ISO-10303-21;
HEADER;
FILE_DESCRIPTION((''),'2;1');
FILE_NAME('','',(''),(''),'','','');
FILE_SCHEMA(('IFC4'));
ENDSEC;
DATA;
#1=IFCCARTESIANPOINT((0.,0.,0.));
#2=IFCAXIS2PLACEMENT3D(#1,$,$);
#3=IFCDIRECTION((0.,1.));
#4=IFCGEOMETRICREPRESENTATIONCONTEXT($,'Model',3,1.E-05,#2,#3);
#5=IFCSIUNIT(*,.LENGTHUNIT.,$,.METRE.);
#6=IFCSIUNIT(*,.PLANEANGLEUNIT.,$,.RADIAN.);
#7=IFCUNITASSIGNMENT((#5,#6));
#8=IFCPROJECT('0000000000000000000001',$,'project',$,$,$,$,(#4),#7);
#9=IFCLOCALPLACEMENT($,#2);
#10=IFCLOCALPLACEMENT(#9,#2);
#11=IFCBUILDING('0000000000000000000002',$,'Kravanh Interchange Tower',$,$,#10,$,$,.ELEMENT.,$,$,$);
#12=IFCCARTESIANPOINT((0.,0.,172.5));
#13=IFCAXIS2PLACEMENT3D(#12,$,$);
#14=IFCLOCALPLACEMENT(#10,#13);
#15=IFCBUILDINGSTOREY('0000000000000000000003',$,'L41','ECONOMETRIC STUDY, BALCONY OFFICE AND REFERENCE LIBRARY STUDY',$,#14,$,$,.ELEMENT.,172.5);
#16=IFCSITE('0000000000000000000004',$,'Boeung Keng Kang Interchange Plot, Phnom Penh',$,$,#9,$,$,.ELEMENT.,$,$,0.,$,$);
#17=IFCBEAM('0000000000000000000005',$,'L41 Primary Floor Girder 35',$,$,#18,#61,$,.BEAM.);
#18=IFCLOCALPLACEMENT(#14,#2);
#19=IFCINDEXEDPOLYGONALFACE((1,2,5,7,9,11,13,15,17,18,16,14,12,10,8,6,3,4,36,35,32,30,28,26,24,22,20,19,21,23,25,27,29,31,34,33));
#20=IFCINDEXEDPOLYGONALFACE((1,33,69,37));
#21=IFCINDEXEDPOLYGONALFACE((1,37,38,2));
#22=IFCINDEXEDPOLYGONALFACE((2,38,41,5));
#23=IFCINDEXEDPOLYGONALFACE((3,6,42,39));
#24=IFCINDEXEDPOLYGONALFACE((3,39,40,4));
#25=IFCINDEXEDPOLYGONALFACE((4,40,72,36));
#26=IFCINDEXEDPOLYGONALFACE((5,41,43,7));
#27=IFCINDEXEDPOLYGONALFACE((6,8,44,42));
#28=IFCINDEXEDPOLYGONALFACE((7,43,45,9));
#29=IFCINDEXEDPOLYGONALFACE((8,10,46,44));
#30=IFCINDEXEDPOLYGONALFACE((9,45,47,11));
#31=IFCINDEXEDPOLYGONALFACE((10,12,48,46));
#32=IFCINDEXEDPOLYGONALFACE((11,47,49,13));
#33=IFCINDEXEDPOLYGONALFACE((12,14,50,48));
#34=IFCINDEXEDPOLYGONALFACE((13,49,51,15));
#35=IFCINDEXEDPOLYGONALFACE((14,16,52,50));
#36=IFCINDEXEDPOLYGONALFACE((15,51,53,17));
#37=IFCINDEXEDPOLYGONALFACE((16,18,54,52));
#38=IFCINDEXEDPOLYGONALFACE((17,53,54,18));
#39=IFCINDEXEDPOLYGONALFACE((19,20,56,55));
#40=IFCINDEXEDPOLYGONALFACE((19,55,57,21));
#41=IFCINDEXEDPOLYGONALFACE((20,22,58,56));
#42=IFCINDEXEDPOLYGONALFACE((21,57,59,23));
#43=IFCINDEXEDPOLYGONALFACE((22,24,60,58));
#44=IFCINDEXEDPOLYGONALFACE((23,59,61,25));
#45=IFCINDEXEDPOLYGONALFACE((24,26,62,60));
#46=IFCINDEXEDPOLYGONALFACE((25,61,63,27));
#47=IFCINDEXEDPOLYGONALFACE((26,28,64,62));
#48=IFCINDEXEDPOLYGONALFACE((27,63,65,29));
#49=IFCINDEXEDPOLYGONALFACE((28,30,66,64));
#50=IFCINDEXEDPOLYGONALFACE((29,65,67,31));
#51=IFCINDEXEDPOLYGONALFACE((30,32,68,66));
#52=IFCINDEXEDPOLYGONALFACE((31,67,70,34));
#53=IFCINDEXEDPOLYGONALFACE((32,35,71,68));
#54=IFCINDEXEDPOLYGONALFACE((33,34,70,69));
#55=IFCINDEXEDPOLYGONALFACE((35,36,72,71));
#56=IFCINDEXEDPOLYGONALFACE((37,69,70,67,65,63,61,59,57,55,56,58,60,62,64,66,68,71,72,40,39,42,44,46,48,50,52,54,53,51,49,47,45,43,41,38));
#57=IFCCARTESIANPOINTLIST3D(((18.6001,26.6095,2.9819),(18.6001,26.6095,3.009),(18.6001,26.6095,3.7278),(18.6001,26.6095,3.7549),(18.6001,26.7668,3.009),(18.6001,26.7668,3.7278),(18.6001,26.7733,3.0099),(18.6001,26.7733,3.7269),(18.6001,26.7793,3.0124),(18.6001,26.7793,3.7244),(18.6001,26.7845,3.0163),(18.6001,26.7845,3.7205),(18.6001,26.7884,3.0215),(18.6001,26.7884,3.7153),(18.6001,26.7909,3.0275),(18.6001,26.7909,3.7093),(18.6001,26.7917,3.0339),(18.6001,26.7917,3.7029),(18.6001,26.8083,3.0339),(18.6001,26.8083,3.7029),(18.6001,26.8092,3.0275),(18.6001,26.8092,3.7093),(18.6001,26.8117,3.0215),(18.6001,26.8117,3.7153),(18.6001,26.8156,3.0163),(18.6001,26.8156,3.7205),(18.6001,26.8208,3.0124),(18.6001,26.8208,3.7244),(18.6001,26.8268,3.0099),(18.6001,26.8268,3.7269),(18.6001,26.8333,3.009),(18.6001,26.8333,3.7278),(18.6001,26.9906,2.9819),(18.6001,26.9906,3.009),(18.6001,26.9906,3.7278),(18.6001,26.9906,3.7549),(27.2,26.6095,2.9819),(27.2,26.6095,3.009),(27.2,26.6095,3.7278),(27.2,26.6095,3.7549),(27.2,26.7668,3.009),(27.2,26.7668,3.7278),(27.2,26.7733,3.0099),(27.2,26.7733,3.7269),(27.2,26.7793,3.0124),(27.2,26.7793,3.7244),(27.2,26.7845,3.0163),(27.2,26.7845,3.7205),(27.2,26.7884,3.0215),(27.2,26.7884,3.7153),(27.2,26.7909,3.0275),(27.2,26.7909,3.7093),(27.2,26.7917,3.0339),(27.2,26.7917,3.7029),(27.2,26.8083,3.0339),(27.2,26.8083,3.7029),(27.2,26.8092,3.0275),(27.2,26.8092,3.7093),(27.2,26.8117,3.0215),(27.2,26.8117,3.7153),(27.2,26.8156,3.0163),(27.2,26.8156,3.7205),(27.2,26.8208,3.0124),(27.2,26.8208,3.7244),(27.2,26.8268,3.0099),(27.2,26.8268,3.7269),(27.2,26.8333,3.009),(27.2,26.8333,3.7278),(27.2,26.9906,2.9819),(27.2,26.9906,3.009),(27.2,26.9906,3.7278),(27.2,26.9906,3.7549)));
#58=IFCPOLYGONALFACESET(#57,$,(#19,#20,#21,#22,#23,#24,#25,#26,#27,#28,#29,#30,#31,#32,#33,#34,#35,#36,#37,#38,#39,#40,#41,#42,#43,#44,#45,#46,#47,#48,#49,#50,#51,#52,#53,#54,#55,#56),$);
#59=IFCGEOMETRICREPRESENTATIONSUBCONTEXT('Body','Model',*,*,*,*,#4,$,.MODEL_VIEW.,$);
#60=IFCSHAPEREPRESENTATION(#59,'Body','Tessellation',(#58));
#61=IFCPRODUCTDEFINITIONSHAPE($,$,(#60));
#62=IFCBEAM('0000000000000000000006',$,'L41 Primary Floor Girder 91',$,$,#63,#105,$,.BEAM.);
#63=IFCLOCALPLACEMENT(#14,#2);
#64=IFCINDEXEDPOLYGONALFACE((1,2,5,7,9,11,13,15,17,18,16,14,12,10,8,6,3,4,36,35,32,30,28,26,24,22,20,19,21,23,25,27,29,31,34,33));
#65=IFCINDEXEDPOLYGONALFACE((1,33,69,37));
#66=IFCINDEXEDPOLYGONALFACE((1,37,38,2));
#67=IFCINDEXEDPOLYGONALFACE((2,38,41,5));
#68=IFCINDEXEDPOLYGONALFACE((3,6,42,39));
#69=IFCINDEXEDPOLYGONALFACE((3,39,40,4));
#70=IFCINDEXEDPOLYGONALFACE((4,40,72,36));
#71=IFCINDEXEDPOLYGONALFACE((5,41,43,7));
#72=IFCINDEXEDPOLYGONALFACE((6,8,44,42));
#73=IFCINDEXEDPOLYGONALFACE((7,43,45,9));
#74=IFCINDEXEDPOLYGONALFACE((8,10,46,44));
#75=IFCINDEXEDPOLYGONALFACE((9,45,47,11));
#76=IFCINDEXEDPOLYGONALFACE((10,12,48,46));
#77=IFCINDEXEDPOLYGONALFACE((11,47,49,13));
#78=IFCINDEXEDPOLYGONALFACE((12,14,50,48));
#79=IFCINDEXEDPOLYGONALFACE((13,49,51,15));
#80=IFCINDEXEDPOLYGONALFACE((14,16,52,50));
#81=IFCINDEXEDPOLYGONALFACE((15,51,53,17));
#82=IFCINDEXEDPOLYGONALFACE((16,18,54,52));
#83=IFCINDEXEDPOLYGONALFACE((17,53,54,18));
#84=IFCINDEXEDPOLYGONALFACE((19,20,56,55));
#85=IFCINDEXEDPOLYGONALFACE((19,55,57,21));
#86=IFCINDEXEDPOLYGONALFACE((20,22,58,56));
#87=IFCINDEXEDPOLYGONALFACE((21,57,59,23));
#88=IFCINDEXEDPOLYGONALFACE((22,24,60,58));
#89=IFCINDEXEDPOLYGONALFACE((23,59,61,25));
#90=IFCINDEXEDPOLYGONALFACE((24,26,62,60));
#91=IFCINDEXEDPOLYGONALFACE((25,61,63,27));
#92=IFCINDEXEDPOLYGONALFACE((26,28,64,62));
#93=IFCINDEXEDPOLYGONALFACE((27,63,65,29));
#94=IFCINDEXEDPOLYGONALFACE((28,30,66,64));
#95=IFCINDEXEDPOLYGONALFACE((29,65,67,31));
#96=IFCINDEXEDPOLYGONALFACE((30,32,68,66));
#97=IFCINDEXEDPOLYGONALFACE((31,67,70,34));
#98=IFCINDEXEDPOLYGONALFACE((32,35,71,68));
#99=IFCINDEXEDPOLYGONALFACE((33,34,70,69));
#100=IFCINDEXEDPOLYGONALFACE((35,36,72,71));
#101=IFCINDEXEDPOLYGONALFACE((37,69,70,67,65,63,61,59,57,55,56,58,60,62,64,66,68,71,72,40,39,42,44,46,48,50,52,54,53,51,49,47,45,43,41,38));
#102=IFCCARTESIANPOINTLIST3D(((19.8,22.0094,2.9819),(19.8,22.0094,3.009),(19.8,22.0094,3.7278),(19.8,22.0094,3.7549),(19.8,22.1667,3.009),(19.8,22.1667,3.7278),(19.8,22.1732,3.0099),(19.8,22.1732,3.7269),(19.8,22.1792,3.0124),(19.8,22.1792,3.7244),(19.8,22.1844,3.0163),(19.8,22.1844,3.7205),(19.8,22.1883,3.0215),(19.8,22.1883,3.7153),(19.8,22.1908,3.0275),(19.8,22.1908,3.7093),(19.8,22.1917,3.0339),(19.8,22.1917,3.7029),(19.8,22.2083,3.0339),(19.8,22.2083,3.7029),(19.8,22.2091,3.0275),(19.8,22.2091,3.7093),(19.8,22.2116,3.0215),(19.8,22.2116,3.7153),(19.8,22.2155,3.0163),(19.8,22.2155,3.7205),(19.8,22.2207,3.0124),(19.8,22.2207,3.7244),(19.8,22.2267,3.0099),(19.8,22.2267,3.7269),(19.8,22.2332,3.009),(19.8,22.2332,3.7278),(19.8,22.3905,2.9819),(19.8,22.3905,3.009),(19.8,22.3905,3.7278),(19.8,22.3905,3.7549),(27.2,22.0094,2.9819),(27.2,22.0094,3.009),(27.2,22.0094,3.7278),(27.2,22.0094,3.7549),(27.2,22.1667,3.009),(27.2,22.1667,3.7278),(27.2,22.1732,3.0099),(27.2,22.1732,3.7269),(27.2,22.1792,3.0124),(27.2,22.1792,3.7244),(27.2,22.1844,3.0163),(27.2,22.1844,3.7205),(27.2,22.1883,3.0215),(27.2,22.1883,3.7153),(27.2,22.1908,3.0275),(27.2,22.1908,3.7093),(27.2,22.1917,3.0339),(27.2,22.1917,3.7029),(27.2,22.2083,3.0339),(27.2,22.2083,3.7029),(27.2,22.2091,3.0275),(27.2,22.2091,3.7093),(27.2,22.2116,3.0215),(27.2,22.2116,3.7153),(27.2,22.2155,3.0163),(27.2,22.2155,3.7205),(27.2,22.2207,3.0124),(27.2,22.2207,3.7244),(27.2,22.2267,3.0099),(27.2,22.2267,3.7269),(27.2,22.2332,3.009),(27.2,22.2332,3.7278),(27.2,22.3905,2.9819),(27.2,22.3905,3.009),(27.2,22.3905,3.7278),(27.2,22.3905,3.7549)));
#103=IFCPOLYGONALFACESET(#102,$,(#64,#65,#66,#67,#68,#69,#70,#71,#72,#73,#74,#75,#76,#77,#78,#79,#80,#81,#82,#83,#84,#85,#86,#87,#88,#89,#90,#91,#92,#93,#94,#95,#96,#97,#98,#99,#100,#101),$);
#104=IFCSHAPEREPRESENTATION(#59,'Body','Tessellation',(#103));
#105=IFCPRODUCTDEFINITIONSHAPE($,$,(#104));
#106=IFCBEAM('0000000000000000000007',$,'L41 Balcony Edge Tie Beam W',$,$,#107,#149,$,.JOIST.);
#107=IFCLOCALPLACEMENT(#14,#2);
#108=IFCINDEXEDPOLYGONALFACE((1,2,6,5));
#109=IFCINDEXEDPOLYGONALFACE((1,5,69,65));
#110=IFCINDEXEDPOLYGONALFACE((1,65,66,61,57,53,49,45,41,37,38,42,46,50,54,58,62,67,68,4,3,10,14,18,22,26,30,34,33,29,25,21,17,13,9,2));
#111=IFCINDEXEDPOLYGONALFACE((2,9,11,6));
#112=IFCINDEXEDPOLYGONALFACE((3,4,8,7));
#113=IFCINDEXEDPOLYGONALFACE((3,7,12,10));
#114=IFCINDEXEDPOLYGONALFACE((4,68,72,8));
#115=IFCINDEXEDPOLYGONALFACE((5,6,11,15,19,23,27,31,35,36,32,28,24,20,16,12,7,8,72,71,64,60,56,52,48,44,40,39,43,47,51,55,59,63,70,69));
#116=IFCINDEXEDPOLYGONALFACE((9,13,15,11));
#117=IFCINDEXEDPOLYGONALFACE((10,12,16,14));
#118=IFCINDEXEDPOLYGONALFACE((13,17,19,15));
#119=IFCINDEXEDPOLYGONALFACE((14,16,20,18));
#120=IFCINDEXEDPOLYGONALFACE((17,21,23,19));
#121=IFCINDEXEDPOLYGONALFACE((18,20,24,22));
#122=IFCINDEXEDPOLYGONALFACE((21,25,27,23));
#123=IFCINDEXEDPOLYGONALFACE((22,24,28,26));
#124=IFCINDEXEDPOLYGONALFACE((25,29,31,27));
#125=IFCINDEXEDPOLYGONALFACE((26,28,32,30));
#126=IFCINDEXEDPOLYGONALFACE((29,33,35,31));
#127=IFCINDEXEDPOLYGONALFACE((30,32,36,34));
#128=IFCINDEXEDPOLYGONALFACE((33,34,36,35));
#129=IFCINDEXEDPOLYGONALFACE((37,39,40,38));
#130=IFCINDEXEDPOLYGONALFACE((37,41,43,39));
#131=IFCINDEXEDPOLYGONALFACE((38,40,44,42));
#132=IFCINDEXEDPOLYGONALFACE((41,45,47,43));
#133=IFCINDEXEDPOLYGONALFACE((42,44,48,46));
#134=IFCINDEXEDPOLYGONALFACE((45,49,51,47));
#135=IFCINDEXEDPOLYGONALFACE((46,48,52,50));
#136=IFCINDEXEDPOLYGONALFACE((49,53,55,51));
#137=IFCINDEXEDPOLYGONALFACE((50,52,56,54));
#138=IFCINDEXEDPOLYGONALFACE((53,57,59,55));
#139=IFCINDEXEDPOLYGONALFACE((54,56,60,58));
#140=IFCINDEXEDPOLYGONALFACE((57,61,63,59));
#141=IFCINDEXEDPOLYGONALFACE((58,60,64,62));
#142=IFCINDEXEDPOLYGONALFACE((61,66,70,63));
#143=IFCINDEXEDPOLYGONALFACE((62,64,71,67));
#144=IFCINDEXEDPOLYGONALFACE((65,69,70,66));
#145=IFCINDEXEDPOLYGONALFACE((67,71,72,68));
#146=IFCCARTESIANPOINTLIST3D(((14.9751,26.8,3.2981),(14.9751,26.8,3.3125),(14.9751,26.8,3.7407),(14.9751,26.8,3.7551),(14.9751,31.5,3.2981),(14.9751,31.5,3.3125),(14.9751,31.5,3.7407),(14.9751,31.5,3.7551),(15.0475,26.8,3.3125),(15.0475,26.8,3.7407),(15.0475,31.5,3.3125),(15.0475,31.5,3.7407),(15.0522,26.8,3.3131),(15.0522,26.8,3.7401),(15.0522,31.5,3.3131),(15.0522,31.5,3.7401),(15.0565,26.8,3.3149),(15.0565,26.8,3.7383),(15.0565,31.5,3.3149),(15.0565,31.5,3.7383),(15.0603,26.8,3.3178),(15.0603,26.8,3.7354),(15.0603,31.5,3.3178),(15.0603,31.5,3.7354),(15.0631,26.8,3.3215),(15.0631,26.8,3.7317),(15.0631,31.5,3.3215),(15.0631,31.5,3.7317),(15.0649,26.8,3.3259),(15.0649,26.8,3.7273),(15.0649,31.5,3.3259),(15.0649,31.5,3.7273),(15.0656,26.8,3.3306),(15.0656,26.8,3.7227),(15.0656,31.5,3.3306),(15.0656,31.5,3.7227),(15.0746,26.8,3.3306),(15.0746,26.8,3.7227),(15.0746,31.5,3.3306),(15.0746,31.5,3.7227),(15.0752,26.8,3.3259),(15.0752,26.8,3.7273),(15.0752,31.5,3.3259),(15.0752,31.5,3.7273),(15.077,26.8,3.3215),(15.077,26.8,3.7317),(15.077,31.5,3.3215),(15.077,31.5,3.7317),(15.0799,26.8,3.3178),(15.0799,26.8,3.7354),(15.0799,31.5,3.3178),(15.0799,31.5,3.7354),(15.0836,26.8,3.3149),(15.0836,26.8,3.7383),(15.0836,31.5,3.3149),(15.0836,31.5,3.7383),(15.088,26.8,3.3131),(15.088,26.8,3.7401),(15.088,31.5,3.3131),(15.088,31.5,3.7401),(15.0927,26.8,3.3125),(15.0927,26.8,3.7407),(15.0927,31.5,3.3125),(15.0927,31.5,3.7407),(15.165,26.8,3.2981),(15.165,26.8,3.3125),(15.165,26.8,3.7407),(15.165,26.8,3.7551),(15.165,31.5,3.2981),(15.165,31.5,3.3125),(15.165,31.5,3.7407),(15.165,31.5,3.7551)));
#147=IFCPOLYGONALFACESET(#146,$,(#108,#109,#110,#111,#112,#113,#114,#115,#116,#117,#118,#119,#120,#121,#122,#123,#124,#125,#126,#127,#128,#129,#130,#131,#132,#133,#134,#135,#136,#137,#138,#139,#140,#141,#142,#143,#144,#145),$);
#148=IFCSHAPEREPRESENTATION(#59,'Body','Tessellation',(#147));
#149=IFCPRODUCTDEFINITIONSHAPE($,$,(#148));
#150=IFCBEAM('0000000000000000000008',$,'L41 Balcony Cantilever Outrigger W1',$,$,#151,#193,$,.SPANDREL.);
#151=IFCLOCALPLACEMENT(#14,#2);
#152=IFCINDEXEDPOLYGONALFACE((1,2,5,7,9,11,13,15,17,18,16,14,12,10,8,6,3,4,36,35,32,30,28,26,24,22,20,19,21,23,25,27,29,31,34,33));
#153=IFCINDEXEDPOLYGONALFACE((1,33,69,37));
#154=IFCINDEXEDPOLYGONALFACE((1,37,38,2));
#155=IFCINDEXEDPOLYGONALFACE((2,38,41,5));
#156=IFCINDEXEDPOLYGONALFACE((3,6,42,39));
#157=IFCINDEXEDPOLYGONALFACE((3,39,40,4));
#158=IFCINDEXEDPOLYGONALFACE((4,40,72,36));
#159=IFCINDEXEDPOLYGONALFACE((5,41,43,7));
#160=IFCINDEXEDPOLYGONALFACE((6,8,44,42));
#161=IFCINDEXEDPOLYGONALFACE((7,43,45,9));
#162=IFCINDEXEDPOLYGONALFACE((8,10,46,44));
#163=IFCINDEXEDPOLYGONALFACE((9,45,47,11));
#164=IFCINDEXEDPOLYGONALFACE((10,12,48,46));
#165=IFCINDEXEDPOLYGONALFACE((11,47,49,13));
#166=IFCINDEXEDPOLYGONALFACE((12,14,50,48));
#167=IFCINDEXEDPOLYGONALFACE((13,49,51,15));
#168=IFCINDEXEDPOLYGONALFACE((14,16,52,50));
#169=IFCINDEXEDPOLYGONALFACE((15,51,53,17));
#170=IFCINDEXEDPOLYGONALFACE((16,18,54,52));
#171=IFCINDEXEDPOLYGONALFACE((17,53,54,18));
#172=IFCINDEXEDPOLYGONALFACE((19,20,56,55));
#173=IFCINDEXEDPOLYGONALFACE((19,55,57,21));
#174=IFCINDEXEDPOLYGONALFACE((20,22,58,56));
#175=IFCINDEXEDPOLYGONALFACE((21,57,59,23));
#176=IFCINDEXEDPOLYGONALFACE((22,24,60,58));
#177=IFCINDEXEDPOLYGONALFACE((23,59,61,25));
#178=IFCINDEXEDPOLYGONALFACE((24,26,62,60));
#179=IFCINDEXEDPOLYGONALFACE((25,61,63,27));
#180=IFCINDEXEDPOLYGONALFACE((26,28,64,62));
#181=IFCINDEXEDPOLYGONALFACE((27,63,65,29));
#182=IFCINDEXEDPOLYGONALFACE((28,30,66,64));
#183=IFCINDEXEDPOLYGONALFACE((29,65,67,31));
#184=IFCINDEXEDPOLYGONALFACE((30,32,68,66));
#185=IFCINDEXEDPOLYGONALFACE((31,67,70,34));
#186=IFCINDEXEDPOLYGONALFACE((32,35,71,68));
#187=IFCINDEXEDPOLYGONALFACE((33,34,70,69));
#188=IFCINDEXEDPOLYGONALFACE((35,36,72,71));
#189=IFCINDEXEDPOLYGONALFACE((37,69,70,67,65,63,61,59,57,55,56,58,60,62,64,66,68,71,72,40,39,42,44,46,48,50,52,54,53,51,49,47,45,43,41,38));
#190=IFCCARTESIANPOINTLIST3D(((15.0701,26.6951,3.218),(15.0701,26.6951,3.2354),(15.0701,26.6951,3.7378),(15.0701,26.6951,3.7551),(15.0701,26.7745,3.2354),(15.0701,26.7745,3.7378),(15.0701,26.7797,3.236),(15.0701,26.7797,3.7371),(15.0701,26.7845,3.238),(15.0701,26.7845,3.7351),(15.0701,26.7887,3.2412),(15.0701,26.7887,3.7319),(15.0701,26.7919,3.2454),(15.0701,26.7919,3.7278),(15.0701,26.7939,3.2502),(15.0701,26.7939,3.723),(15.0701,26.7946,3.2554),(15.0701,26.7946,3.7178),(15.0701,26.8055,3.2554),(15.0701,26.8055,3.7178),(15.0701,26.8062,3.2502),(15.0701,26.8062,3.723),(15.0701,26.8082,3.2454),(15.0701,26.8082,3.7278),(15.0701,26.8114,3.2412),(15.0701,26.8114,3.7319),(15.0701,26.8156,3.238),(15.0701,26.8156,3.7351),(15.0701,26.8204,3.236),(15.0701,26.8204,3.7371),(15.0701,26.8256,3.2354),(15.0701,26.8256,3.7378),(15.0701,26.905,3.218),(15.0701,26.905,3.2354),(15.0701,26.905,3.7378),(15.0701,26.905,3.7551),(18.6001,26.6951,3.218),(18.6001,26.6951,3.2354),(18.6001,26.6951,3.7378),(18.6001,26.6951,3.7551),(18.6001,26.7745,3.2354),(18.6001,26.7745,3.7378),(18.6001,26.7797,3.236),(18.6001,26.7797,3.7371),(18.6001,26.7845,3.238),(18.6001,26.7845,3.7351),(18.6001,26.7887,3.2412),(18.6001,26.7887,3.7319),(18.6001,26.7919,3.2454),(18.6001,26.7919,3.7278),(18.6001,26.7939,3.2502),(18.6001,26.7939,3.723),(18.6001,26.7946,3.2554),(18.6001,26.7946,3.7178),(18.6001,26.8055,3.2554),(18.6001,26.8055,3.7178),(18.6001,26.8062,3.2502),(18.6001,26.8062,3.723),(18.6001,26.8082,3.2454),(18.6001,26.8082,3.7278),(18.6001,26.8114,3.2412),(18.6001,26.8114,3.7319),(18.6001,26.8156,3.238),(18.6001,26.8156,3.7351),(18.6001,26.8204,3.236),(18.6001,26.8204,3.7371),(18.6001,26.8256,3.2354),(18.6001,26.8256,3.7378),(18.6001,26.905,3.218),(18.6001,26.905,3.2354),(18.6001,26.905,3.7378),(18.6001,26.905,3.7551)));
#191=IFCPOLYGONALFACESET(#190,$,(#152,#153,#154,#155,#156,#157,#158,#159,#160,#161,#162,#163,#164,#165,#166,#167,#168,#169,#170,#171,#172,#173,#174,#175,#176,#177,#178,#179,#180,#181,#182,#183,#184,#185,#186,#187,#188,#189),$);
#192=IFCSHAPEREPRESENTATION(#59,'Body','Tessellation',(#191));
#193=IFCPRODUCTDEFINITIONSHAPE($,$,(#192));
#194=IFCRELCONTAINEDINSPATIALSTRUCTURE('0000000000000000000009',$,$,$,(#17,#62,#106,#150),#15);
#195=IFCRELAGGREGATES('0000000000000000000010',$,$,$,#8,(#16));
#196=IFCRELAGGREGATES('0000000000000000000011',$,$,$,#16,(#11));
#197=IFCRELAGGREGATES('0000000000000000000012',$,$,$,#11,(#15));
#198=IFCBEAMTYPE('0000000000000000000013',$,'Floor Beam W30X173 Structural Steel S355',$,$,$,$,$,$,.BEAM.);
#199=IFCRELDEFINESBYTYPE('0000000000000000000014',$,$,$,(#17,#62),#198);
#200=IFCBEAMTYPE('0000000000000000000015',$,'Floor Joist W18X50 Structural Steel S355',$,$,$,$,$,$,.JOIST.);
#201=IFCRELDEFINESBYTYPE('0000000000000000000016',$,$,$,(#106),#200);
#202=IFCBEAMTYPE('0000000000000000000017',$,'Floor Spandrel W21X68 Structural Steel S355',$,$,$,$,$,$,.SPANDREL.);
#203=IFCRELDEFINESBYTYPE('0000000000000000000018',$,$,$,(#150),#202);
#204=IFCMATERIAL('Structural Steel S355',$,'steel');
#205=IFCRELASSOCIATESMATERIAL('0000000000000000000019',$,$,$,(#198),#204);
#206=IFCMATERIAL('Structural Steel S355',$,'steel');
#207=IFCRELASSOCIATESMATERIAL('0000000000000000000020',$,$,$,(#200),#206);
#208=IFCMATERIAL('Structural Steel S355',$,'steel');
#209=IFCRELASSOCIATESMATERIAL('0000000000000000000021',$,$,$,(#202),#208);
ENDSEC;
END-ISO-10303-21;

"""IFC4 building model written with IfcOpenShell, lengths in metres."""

from ifc_helpers import new_model, si_unit, direction, frame, origin, origin_2d, place, context, subcontext, project, spatial, i_section, extrude, material, material_profile, profile_set, type_object, element, save


model = new_model("IFC4")

# Units and contexts
model_context = context("Model", 3, precision=1e-05, world=origin(), true_north=direction((0.0, 1.0)))
body_context = subcontext(model_context, "Body", "Model", "MODEL_VIEW")
ifc_project = project(units=[si_unit("LENGTHUNIT", "METRE"), si_unit("PLANEANGLEUNIT", "RADIAN")], contexts=[model_context])

# Site, building, storey
site_placement = place(None, origin())
site = spatial("IfcSite", under=ifc_project, at=site_placement, Name="Boeung Keng Kang Interchange Plot, Phnom Penh", CompositionType="ELEMENT", RefElevation=0.0)
building_placement = place(site_placement, origin())
building = spatial("IfcBuilding", under=site, at=building_placement, Name="Kravanh Interchange Tower", CompositionType="ELEMENT")
storey_placement = place(building_placement, frame((0.0, 0.0, 172.5)))
storey = spatial("IfcBuildingStorey", under=building, at=storey_placement, Name="L41", Description="ECONOMETRIC STUDY, BALCONY OFFICE AND REFERENCE LIBRARY STUDY", CompositionType="ELEMENT", Elevation=172.5)

# Beams
ifc_material_1 = material(Name="Structural Steel S355", Category="steel")
ifc_material_profile_1 = material_profile(ifc_material_1, i_section(OverallWidth=0.3811, OverallDepth=0.7729, WebThickness=0.0166, FlangeThickness=0.0271, FilletRadius=0.0249, at=origin_2d()), Name="W30X173")
ifc_profile_set_1 = profile_set([ifc_material_profile_1], Name="Structural Steel S355")
beam_type_1 = type_object("IfcBeamType", Name="Floor Beam W30X173 Structural Steel S355", PredefinedType="BEAM", material=ifc_profile_set_1)
beam_1_placement = place(storey_placement, frame((18.6001, 26.8, 3.3684), z_axis=(1.0, 0.0, 0.0), x_axis=(0.0, 1.0, 0.0)))
element("IfcBeam", 1, at=beam_1_placement, inside=storey, type_object=beam_type_1, Name="L41 Primary Floor Girder 35", PredefinedType="BEAM", context=body_context, shape_type="SweptSolid", body=[
    extrude(i_section(OverallWidth=0.3811, OverallDepth=0.7729, WebThickness=0.0166, FlangeThickness=0.0271, FilletRadius=0.0249, at=origin_2d()), origin(), (0.0, 0.0, 1.0), 8.5999),
])
beam_2_placement = place(storey_placement, frame((19.8, 22.2, 3.3684), z_axis=(1.0, 0.0, 0.0), x_axis=(0.0, 1.0, 0.0)))
element("IfcBeam", 2, at=beam_2_placement, inside=storey, type_object=beam_type_1, Name="L41 Primary Floor Girder 91", PredefinedType="BEAM", context=body_context, shape_type="SweptSolid", body=[
    extrude(i_section(OverallWidth=0.3811, OverallDepth=0.7729, WebThickness=0.0166, FlangeThickness=0.0271, FilletRadius=0.0249, at=origin_2d()), origin(), (0.0, 0.0, 1.0), 7.3999),
])
ifc_material_2 = material(Name="Structural Steel S355", Category="steel")
ifc_material_profile_2 = material_profile(ifc_material_2, i_section(OverallWidth=0.1899, OverallDepth=0.457, WebThickness=0.009, FlangeThickness=0.0144, FilletRadius=0.0181, at=origin_2d()), Name="W18X50")
ifc_profile_set_2 = profile_set([ifc_material_profile_2], Name="Structural Steel S355")
beam_type_2 = type_object("IfcBeamType", Name="Floor Joist W18X50 Structural Steel S355", PredefinedType="JOIST", material=ifc_profile_set_2)
beam_3_placement = place(storey_placement, frame((15.0701, 26.8, 3.5266), z_axis=(0.0, 1.0, 0.0), x_axis=(-1.0, 0.0, 0.0)))
element("IfcBeam", 3, at=beam_3_placement, inside=storey, type_object=beam_type_2, Name="L41 Balcony Edge Tie Beam W", PredefinedType="JOIST", context=body_context, shape_type="SweptSolid", body=[
    extrude(i_section(OverallWidth=0.1899, OverallDepth=0.457, WebThickness=0.009, FlangeThickness=0.0144, FilletRadius=0.0181, at=origin_2d()), origin(), (0.0, 0.0, 1.0), 4.7),
])
ifc_material_3 = material(Name="Structural Steel S355", Category="steel")
ifc_material_profile_3 = material_profile(ifc_material_3, i_section(OverallWidth=0.21, OverallDepth=0.5371, WebThickness=0.011, FlangeThickness=0.0173, FilletRadius=0.02, at=origin_2d()), Name="W21X68")
ifc_profile_set_3 = profile_set([ifc_material_profile_3], Name="Structural Steel S355")
beam_type_3 = type_object("IfcBeamType", Name="Floor Spandrel W21X68 Structural Steel S355", PredefinedType="SPANDREL", material=ifc_profile_set_3)
beam_4_placement = place(storey_placement, frame((18.6001, 26.8, 3.4866), z_axis=(-1.0, 0.0, 0.0), x_axis=(0.0, -1.0, 0.0)))
element("IfcBeam", 4, at=beam_4_placement, inside=storey, type_object=beam_type_3, Name="L41 Balcony Cantilever Outrigger W1", PredefinedType="SPANDREL", context=body_context, shape_type="SweptSolid", body=[
    extrude(i_section(OverallWidth=0.21, OverallDepth=0.5371, WebThickness=0.011, FlangeThickness=0.0173, FilletRadius=0.02, at=origin_2d()), origin(), (0.0, 0.0, 1.0), 3.53),
])

save(model, "model.ifc")
